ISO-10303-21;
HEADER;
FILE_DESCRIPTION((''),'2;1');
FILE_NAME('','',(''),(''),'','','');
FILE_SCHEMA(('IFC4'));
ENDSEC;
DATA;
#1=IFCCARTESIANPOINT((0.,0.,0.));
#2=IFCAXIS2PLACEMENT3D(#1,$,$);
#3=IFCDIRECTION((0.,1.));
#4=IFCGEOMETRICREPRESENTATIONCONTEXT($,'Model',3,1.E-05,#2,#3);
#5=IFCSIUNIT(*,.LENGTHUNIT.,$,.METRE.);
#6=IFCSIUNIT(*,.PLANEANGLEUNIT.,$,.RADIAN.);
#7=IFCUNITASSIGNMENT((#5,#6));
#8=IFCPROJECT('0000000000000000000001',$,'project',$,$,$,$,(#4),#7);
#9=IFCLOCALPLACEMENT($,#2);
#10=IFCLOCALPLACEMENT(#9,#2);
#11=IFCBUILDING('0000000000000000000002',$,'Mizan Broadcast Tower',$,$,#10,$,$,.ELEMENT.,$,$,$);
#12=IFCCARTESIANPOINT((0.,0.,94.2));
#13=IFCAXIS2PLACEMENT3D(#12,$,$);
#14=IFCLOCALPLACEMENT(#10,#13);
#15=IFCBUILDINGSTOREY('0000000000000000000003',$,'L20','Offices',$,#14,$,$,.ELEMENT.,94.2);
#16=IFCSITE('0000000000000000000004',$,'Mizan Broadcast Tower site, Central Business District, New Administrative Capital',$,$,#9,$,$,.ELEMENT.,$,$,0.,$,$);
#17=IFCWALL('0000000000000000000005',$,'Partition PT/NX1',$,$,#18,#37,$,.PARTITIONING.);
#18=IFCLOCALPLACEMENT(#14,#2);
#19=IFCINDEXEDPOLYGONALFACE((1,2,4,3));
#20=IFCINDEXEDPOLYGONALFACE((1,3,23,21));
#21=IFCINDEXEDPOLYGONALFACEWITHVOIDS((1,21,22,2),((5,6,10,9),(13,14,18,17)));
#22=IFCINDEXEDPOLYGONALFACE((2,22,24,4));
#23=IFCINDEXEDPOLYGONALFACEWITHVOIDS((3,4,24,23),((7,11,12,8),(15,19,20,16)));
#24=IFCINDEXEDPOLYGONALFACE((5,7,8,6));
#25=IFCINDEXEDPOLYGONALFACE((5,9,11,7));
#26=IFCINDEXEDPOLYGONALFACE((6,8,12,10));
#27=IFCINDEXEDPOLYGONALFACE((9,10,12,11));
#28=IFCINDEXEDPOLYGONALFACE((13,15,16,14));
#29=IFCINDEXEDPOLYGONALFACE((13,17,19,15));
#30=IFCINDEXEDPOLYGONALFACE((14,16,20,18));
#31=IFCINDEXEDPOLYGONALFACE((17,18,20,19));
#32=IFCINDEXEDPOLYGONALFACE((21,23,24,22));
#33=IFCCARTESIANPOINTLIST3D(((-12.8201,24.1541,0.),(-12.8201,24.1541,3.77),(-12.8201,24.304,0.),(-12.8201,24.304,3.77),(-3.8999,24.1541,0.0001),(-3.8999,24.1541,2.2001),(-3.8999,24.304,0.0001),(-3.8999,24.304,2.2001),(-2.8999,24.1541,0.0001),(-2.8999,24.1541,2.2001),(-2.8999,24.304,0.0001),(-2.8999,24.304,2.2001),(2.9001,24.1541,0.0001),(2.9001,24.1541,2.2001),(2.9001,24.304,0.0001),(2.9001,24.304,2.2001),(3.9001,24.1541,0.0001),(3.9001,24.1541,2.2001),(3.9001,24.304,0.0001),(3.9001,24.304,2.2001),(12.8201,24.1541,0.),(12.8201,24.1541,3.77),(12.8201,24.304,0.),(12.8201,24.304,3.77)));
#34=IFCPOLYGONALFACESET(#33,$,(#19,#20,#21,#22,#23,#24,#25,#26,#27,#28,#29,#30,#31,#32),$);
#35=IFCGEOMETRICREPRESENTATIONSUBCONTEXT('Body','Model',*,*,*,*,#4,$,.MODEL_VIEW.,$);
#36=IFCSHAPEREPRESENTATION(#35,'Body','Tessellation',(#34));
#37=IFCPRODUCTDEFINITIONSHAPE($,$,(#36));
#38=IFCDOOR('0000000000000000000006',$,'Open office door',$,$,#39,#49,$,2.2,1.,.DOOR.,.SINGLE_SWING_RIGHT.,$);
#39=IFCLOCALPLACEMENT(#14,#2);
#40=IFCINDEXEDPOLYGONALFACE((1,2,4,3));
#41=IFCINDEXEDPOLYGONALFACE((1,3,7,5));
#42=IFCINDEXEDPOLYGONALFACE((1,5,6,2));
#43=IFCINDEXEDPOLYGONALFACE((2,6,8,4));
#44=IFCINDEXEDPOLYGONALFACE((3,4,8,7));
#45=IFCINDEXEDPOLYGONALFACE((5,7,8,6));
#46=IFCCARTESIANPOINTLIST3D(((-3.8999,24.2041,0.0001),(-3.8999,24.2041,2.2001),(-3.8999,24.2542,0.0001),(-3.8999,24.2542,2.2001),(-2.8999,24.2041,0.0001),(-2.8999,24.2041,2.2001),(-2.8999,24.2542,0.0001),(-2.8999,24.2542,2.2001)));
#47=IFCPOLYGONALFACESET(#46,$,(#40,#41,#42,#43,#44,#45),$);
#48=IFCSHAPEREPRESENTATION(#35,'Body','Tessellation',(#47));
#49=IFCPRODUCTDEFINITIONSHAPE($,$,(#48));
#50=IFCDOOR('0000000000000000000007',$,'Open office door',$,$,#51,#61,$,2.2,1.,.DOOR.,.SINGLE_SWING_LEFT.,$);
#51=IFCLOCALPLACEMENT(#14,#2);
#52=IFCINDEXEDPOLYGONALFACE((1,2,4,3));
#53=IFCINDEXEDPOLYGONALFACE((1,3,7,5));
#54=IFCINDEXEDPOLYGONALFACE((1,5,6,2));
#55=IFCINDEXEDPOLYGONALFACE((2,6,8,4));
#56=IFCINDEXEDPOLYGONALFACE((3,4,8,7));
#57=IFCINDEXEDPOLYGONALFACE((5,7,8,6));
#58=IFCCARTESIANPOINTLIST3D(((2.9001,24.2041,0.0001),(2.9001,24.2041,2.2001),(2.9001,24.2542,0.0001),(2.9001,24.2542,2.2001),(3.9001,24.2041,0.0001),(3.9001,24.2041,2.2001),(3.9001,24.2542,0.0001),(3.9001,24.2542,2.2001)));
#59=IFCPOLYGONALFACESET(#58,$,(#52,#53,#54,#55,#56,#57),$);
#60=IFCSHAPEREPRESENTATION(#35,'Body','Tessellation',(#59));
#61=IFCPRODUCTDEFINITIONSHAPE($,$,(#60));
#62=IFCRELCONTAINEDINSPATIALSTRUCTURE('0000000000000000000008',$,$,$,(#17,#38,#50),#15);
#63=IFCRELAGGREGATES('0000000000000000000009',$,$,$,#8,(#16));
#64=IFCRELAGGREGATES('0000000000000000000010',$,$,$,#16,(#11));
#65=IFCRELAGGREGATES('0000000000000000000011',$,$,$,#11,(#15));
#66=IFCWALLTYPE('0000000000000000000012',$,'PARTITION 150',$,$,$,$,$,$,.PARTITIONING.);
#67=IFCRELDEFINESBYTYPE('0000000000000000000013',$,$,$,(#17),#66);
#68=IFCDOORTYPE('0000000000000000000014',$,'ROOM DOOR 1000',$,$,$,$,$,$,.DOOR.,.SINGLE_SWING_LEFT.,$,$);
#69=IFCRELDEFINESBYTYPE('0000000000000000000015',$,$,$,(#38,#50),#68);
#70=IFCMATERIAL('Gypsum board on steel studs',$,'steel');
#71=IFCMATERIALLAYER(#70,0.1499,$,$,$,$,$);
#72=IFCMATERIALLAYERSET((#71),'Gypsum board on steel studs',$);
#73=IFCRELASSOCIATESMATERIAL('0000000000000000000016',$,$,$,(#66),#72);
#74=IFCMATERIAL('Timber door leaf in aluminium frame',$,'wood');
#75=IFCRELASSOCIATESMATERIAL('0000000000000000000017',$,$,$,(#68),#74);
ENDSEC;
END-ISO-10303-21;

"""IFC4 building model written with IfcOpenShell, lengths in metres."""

from ifc_helpers import new_model, si_unit, direction, frame, frame_2d, origin, place, context, subcontext, project, spatial, rectangle, extrude, material, layer, layer_set, type_object, element, fill, save


model = new_model("IFC4")

# Units and contexts
model_context = context("Model", 3, precision=1e-05, world=origin(), true_north=direction((0.0, 1.0)))
body_context = subcontext(model_context, "Body", "Model", "MODEL_VIEW")
ifc_project = project(units=[si_unit("LENGTHUNIT", "METRE"), si_unit("PLANEANGLEUNIT", "RADIAN")], contexts=[model_context])

# Site, building, storey
site_placement = place(None, origin())
site = spatial("IfcSite", under=ifc_project, at=site_placement, Name="Mizan Broadcast Tower site, Central Business District, New Administrative Capital", CompositionType="ELEMENT", RefElevation=0.0)
building_placement = place(site_placement, origin())
building = spatial("IfcBuilding", under=site, at=building_placement, Name="Mizan Broadcast Tower", CompositionType="ELEMENT")
storey_placement = place(building_placement, frame((0.0, 0.0, 94.2)))
storey = spatial("IfcBuildingStorey", under=building, at=storey_placement, Name="L20", Description="Offices", CompositionType="ELEMENT", Elevation=94.2)

# Wall, openings, doors
ifc_material_1 = material(Name="Gypsum board on steel studs", Category="steel")
ifc_layer_1 = layer(ifc_material_1, 0.1499)
ifc_layer_set_1 = layer_set([ifc_layer_1], Name="Gypsum board on steel studs")
wall_type_1 = type_object("IfcWallType", Name="PARTITION 150", PredefinedType="PARTITIONING", material=ifc_layer_set_1)
wall_1_placement = place(storey_placement, frame((12.8201, 24.229, 0.0), z_axis=(0.0, 0.0, 1.0), x_axis=(-1.0, 0.0, 0.0)))
wall_1 = element("IfcWall", 1, at=wall_1_placement, inside=storey, type_object=wall_type_1, Name="Partition PT/NX1", PredefinedType="PARTITIONING", context=body_context, shape_type="SweptSolid", body=[
    extrude(rectangle(XDim=25.6401, YDim=0.1499, at=frame_2d((12.8201, 0.0))), origin(), (0.0, 0.0, 1.0), 3.77),
])
opening_1_placement = place(wall_1_placement, frame((15.72, 0.0, 0.0)))
opening_1 = element("IfcOpeningElement", 2, at=opening_1_placement, cuts=wall_1, PredefinedType="OPENING", context=body_context, shape_type="SweptSolid", body=[
    extrude(rectangle(XDim=1.0, YDim=2.2, at=frame_2d((0.5, 1.1001))), frame((0.0, 0.085, 0.0), z_axis=(0.0, -1.0, 0.0), x_axis=(1.0, 0.0, 0.0)), (0.0, 0.0, 1.0), 0.1699),
])
opening_2_placement = place(wall_1_placement, frame((8.9199, 0.0, 0.0)))
opening_2 = element("IfcOpeningElement", 3, at=opening_2_placement, cuts=wall_1, PredefinedType="OPENING", context=body_context, shape_type="SweptSolid", body=[
    extrude(rectangle(XDim=1.0, YDim=2.2, at=frame_2d((0.5, 1.1001))), frame((0.0, 0.085, 0.0), z_axis=(0.0, -1.0, 0.0), x_axis=(1.0, 0.0, 0.0)), (0.0, 0.0, 1.0), 0.1699),
])
ifc_material_2 = material(Name="Timber door leaf in aluminium frame", Category="wood")
door_type = type_object("IfcDoorType", Name="ROOM DOOR 1000", OperationType="SINGLE_SWING_LEFT", PredefinedType="DOOR", material=ifc_material_2)
door_1_placement = place(opening_1_placement, origin())
door_1 = element("IfcDoor", 4, at=door_1_placement, inside=storey, type_object=door_type, Name="Open office door", OperationType="SINGLE_SWING_RIGHT", OverallHeight=2.2, OverallWidth=1.0, PredefinedType="DOOR", context=body_context, shape_type="SweptSolid", body=[
    extrude(rectangle(XDim=1.0, YDim=2.2, at=frame_2d((0.5, 1.1001))), frame((0.0, 0.0249, 0.0), z_axis=(0.0, -1.0, 0.0), x_axis=(1.0, 0.0, 0.0)), (0.0, 0.0, 1.0), 0.05),
])
fill(opening_1, door_1)
door_2_placement = place(opening_2_placement, origin())
door_2 = element("IfcDoor", 5, at=door_2_placement, inside=storey, type_object=door_type, Name="Open office door", OperationType="SINGLE_SWING_LEFT", OverallHeight=2.2, OverallWidth=1.0, PredefinedType="DOOR", context=body_context, shape_type="SweptSolid", body=[
    extrude(rectangle(XDim=1.0, YDim=2.2, at=frame_2d((0.5, 1.1001))), frame((0.0, 0.0249, 0.0), z_axis=(0.0, -1.0, 0.0), x_axis=(1.0, 0.0, 0.0)), (0.0, 0.0, 1.0), 0.05),
])
fill(opening_2, door_2)

save(model, "model.ifc")
